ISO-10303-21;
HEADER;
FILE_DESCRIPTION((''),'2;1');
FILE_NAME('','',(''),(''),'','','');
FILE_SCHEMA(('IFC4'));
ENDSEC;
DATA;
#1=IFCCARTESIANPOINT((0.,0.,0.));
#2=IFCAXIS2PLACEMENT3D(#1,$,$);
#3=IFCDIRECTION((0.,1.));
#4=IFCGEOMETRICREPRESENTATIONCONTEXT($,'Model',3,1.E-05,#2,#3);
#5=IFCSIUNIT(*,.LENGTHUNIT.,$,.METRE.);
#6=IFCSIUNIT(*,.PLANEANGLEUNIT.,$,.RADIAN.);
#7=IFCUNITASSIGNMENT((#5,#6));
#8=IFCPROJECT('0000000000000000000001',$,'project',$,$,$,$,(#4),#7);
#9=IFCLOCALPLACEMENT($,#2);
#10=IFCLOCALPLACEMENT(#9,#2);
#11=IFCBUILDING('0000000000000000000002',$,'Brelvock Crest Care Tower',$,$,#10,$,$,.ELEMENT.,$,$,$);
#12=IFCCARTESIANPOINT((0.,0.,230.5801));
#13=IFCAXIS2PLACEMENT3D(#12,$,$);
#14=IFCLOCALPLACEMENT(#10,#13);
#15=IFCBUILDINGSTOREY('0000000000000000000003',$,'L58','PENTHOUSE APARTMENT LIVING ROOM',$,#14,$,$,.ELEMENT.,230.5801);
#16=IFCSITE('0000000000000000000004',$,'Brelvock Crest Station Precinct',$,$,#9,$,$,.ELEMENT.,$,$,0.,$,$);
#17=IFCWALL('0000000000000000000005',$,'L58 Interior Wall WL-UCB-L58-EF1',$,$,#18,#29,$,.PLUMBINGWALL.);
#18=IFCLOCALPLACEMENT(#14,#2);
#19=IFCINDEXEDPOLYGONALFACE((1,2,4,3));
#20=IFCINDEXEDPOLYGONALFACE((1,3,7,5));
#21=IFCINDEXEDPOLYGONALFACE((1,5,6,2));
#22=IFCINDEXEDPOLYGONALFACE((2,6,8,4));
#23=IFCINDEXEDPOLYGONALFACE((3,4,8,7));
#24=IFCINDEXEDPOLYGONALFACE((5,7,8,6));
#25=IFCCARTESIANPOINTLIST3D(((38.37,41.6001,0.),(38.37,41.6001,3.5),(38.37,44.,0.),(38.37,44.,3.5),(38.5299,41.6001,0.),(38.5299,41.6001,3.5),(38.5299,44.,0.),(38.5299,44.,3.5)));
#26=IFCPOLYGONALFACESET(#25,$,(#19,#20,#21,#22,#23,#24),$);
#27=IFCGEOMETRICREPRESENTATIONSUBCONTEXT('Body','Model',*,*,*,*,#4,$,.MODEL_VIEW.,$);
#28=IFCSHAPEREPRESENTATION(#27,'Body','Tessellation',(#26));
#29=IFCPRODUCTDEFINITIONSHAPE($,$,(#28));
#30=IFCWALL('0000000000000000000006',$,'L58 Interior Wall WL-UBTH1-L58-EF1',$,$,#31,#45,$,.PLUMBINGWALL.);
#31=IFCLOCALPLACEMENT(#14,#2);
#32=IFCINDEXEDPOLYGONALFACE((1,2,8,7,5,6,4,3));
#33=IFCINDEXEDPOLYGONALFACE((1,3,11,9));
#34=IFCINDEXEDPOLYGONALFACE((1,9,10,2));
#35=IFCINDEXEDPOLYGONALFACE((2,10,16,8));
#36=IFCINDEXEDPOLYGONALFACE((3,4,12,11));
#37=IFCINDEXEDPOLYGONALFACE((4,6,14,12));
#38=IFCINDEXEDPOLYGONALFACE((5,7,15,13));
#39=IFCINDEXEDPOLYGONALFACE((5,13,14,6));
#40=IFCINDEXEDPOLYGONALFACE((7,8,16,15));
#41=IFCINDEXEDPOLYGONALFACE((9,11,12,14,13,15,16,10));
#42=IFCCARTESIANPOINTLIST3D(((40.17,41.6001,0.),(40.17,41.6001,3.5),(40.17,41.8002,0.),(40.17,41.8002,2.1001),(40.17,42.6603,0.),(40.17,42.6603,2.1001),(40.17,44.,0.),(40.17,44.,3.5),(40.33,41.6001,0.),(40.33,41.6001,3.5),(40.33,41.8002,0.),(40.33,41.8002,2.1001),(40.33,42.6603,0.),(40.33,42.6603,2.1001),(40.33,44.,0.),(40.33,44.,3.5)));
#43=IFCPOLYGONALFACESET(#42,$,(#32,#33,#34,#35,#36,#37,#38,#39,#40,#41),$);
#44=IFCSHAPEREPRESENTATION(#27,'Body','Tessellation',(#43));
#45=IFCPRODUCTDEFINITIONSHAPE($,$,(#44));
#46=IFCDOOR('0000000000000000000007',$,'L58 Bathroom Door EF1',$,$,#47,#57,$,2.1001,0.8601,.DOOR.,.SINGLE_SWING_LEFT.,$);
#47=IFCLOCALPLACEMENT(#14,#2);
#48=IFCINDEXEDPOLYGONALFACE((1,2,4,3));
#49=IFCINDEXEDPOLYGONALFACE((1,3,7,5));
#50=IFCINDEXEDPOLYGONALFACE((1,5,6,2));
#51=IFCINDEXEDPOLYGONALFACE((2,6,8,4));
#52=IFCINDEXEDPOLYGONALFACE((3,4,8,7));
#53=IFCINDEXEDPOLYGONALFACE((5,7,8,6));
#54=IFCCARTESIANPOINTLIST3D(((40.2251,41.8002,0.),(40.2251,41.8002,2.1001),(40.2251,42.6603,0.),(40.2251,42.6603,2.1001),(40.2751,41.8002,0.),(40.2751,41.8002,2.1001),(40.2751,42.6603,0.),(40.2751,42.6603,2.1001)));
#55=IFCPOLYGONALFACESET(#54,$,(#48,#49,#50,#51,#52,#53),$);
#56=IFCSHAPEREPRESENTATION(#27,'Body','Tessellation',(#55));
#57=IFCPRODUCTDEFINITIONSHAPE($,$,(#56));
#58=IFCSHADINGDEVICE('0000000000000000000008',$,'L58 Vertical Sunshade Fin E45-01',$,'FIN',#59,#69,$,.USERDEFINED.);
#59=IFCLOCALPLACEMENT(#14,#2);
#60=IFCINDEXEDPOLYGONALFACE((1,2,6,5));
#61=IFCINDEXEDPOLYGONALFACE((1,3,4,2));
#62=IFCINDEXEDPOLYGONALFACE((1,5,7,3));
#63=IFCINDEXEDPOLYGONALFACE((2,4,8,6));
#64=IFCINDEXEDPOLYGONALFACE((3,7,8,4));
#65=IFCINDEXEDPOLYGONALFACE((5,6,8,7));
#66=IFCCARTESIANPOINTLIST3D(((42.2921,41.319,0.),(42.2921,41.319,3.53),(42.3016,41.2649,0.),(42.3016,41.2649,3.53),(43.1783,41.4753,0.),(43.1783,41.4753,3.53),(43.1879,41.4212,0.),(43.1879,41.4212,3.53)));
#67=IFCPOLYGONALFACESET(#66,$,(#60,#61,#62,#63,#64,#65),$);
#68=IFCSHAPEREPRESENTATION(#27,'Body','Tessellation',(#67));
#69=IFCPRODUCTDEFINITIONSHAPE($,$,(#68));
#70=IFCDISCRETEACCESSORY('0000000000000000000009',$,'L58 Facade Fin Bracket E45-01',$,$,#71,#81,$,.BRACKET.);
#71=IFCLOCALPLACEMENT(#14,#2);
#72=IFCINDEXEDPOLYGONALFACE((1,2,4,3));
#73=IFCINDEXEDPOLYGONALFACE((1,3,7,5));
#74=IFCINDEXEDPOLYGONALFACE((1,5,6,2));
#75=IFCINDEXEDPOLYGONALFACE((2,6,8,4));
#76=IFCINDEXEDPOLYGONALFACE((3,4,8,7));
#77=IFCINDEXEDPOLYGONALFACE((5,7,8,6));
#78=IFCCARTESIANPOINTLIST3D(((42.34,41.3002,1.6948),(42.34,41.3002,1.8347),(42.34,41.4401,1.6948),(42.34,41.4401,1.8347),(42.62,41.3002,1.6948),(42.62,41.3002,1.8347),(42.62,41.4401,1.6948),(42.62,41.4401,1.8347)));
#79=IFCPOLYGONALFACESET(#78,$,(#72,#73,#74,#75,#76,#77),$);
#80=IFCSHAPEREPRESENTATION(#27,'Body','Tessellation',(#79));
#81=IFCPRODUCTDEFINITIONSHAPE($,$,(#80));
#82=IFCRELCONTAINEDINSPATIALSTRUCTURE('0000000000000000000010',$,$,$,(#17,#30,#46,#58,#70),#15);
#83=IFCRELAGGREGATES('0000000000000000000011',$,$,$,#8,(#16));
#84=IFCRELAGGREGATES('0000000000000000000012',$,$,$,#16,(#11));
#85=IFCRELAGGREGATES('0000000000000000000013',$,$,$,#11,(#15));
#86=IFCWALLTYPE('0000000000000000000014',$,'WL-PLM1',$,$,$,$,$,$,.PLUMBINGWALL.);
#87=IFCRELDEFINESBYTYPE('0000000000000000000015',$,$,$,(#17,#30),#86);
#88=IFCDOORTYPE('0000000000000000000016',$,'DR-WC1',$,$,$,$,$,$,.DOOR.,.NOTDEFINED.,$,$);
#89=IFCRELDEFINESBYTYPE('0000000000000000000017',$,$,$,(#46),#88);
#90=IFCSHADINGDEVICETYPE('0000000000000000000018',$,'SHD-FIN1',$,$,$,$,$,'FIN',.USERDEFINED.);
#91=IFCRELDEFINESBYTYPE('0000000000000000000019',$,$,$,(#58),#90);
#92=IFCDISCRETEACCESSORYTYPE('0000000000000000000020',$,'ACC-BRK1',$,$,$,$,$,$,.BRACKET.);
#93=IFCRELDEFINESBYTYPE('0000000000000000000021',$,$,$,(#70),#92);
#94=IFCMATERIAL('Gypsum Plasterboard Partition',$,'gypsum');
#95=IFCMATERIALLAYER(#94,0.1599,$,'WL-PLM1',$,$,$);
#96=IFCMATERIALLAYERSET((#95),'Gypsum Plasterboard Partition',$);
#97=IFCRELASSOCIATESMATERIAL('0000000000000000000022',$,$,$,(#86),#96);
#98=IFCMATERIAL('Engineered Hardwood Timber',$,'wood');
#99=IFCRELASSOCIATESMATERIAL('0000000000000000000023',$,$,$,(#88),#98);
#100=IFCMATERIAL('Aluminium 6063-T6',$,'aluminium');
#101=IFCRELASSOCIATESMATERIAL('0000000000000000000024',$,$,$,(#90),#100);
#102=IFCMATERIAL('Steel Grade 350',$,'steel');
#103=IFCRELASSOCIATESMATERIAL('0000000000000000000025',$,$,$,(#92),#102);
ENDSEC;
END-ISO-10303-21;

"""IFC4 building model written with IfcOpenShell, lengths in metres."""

from ifc_helpers import new_model, si_unit, direction, frame, frame_2d, origin, origin_2d, place, context, subcontext, project, spatial, rectangle, extrude, source, transform, mapped, material, layer, layer_set, material_profile, profile_set, type_object, element, fill, save


model = new_model("IFC4")

# Units and contexts
model_context = context("Model", 3, precision=1e-05, world=origin(), true_north=direction((0.0, 1.0)))
body_context = subcontext(model_context, "Body", "Model", "MODEL_VIEW")
ifc_project = project(units=[si_unit("LENGTHUNIT", "METRE"), si_unit("PLANEANGLEUNIT", "RADIAN")], contexts=[model_context])

# Site, building, storey
site_placement = place(None, origin())
site = spatial("IfcSite", under=ifc_project, at=site_placement, Name="Brelvock Crest Station Precinct", CompositionType="ELEMENT", RefElevation=0.0)
building_placement = place(site_placement, origin())
building = spatial("IfcBuilding", under=site, at=building_placement, Name="Brelvock Crest Care Tower", CompositionType="ELEMENT")
storey_placement = place(building_placement, frame((0.0, 0.0, 230.5801)))
storey = spatial("IfcBuildingStorey", under=building, at=storey_placement, Name="L58", Description="PENTHOUSE APARTMENT LIVING ROOM", CompositionType="ELEMENT", Elevation=230.5801)

# Shared definitions
ifc_material_1 = material(Name="Steel Grade 350", Category="steel")

# Shared definitions
ifc_material_2 = material(Name="Aluminium 6063-T6", Category="aluminium")

# Shared definitions
ifc_material_3 = material(Name="Engineered Hardwood Timber", Category="wood")

# Wall
ifc_material_4 = material(Name="Gypsum Plasterboard Partition", Category="gypsum")
ifc_layer_1 = layer(ifc_material_4, 0.1599, Name="WL-PLM1")
ifc_layer_set_1 = layer_set([ifc_layer_1], Name="Gypsum Plasterboard Partition")
wall_type_1 = type_object("IfcWallType", Name="WL-PLM1", PredefinedType="PLUMBINGWALL", material=ifc_layer_set_1)
wall_1_placement = place(storey_placement, frame((38.45, 41.6001, 0.0), z_axis=(0.0, 0.0, 1.0), x_axis=(0.0, 1.0, 0.0)))
element("IfcWall", 1, at=wall_1_placement, inside=storey, type_object=wall_type_1, Name="L58 Interior Wall WL-UCB-L58-EF1", PredefinedType="PLUMBINGWALL", context=body_context, shape_type="SweptSolid", body=[
    extrude(rectangle(XDim=2.3999, YDim=0.1599, at=frame_2d((1.2, 0.0))), origin(), (0.0, 0.0, 1.0), 3.5),
])

# Wall, opening, door
wall_2_placement = place(storey_placement, frame((40.25, 41.6001, 0.0), z_axis=(0.0, 0.0, 1.0), x_axis=(0.0, 1.0, 0.0)))
wall_2 = element("IfcWall", 2, at=wall_2_placement, inside=storey, type_object=wall_type_1, Name="L58 Interior Wall WL-UBTH1-L58-EF1", PredefinedType="PLUMBINGWALL", context=body_context, shape_type="SweptSolid", body=[
    extrude(rectangle(XDim=2.3999, YDim=0.1599, at=frame_2d((1.2, 0.0))), origin(), (0.0, 0.0, 1.0), 3.5),
])
opening_1_placement = place(wall_2_placement, frame((0.2, 0.0, 0.0)))
opening_1 = element("IfcOpeningElement", 3, at=opening_1_placement, cuts=wall_2, PredefinedType="OPENING", context=body_context, shape_type="SweptSolid", body=[
    extrude(rectangle(XDim=0.8601, YDim=2.1001, at=origin_2d()), frame((0.4302, 0.0898, 1.05), z_axis=(0.0, -1.0, 0.0), x_axis=(1.0, 0.0, 0.0)), (0.0, 0.0, 1.0), 0.1799),
])
door_type_1 = type_object("IfcDoorType", Name="DR-WC1", OperationType="NOTDEFINED", PredefinedType="DOOR", material=ifc_material_3)
shared_shape_1 = source(origin(), body_context, "Body", "SweptSolid", [
    extrude(rectangle(XDim=0.8601, YDim=2.1001, at=origin_2d()), frame((0.4302, 0.0249, 1.05), z_axis=(0.0, -1.0, 0.0), x_axis=(1.0, 0.0, 0.0)), (0.0, 0.0, 1.0), 0.05),
])
door_1_placement = place(opening_1_placement, origin())
door_1 = element("IfcDoor", 4, at=door_1_placement, inside=storey, type_object=door_type_1, Name="L58 Bathroom Door EF1", OperationType="SINGLE_SWING_LEFT", OverallHeight=2.1001, OverallWidth=0.8601, PredefinedType="DOOR", context=body_context, shape_type="MappedRepresentation", body=[
    mapped(shared_shape_1, transform((0.0, 0.0, 0.0), x_axis=(1.0, 0.0, 0.0), y_axis=(0.0, 1.0, 0.0), z_axis=(0.0, 0.0, 1.0), scale=1.0)),
])
fill(opening_1, door_1)

# Shading device
ifc_material_profile_1 = material_profile(ifc_material_2, rectangle(XDim=0.0549, YDim=0.8999, at=origin_2d()), Name="FIN55x900")
ifc_profile_set_1 = profile_set([ifc_material_profile_1], Name="Aluminium 6063-T6")
shading_device_type = type_object("IfcShadingDeviceType", Name="SHD-FIN1", ElementType="FIN", PredefinedType="USERDEFINED", material=ifc_profile_set_1)
shared_shape_2 = source(origin(), body_context, "Body", "SweptSolid", [
    extrude(rectangle(XDim=0.0549, YDim=0.8999, at=origin_2d()), origin(), (0.0, 0.0, 1.0), 3.53),
])
shading_device_placement = place(storey_placement, frame((42.74, 41.3701, 0.0), z_axis=(0.0, 0.0, 1.0), x_axis=(0.173648, -0.984808, 0.0)))
element("IfcShadingDevice", 5, at=shading_device_placement, inside=storey, type_object=shading_device_type, Name="L58 Vertical Sunshade Fin E45-01", ObjectType="FIN", PredefinedType="USERDEFINED", context=body_context, shape_type="MappedRepresentation", body=[
    mapped(shared_shape_2, transform((0.0, 0.0, 0.0), x_axis=(1.0, 0.0, 0.0), y_axis=(0.0, 1.0, 0.0), z_axis=(0.0, 0.0, 1.0), scale=1.0)),
])

# Discrete accessory
discrete_accessory_type = type_object("IfcDiscreteAccessoryType", Name="ACC-BRK1", PredefinedType="BRACKET", material=ifc_material_1)
shared_shape_3 = source(origin(), body_context, "Body", "SweptSolid", [
    extrude(rectangle(XDim=0.28, YDim=0.1399, at=origin_2d()), origin(), (0.0, 0.0, 1.0), 0.1399),
])
discrete_accessory_placement = place(storey_placement, frame((42.48, 41.3701, 1.6948), z_axis=(0.0, 0.0, 1.0), x_axis=(1.0, 0.0, 0.0)))
element("IfcDiscreteAccessory", 6, at=discrete_accessory_placement, inside=storey, type_object=discrete_accessory_type, Name="L58 Facade Fin Bracket E45-01", PredefinedType="BRACKET", context=body_context, shape_type="MappedRepresentation", body=[
    mapped(shared_shape_3, transform((0.0, 0.0, 0.0), x_axis=(1.0, 0.0, 0.0), y_axis=(0.0, 1.0, 0.0), z_axis=(0.0, 0.0, 1.0), scale=1.0)),
])

save(model, "model.ifc")
